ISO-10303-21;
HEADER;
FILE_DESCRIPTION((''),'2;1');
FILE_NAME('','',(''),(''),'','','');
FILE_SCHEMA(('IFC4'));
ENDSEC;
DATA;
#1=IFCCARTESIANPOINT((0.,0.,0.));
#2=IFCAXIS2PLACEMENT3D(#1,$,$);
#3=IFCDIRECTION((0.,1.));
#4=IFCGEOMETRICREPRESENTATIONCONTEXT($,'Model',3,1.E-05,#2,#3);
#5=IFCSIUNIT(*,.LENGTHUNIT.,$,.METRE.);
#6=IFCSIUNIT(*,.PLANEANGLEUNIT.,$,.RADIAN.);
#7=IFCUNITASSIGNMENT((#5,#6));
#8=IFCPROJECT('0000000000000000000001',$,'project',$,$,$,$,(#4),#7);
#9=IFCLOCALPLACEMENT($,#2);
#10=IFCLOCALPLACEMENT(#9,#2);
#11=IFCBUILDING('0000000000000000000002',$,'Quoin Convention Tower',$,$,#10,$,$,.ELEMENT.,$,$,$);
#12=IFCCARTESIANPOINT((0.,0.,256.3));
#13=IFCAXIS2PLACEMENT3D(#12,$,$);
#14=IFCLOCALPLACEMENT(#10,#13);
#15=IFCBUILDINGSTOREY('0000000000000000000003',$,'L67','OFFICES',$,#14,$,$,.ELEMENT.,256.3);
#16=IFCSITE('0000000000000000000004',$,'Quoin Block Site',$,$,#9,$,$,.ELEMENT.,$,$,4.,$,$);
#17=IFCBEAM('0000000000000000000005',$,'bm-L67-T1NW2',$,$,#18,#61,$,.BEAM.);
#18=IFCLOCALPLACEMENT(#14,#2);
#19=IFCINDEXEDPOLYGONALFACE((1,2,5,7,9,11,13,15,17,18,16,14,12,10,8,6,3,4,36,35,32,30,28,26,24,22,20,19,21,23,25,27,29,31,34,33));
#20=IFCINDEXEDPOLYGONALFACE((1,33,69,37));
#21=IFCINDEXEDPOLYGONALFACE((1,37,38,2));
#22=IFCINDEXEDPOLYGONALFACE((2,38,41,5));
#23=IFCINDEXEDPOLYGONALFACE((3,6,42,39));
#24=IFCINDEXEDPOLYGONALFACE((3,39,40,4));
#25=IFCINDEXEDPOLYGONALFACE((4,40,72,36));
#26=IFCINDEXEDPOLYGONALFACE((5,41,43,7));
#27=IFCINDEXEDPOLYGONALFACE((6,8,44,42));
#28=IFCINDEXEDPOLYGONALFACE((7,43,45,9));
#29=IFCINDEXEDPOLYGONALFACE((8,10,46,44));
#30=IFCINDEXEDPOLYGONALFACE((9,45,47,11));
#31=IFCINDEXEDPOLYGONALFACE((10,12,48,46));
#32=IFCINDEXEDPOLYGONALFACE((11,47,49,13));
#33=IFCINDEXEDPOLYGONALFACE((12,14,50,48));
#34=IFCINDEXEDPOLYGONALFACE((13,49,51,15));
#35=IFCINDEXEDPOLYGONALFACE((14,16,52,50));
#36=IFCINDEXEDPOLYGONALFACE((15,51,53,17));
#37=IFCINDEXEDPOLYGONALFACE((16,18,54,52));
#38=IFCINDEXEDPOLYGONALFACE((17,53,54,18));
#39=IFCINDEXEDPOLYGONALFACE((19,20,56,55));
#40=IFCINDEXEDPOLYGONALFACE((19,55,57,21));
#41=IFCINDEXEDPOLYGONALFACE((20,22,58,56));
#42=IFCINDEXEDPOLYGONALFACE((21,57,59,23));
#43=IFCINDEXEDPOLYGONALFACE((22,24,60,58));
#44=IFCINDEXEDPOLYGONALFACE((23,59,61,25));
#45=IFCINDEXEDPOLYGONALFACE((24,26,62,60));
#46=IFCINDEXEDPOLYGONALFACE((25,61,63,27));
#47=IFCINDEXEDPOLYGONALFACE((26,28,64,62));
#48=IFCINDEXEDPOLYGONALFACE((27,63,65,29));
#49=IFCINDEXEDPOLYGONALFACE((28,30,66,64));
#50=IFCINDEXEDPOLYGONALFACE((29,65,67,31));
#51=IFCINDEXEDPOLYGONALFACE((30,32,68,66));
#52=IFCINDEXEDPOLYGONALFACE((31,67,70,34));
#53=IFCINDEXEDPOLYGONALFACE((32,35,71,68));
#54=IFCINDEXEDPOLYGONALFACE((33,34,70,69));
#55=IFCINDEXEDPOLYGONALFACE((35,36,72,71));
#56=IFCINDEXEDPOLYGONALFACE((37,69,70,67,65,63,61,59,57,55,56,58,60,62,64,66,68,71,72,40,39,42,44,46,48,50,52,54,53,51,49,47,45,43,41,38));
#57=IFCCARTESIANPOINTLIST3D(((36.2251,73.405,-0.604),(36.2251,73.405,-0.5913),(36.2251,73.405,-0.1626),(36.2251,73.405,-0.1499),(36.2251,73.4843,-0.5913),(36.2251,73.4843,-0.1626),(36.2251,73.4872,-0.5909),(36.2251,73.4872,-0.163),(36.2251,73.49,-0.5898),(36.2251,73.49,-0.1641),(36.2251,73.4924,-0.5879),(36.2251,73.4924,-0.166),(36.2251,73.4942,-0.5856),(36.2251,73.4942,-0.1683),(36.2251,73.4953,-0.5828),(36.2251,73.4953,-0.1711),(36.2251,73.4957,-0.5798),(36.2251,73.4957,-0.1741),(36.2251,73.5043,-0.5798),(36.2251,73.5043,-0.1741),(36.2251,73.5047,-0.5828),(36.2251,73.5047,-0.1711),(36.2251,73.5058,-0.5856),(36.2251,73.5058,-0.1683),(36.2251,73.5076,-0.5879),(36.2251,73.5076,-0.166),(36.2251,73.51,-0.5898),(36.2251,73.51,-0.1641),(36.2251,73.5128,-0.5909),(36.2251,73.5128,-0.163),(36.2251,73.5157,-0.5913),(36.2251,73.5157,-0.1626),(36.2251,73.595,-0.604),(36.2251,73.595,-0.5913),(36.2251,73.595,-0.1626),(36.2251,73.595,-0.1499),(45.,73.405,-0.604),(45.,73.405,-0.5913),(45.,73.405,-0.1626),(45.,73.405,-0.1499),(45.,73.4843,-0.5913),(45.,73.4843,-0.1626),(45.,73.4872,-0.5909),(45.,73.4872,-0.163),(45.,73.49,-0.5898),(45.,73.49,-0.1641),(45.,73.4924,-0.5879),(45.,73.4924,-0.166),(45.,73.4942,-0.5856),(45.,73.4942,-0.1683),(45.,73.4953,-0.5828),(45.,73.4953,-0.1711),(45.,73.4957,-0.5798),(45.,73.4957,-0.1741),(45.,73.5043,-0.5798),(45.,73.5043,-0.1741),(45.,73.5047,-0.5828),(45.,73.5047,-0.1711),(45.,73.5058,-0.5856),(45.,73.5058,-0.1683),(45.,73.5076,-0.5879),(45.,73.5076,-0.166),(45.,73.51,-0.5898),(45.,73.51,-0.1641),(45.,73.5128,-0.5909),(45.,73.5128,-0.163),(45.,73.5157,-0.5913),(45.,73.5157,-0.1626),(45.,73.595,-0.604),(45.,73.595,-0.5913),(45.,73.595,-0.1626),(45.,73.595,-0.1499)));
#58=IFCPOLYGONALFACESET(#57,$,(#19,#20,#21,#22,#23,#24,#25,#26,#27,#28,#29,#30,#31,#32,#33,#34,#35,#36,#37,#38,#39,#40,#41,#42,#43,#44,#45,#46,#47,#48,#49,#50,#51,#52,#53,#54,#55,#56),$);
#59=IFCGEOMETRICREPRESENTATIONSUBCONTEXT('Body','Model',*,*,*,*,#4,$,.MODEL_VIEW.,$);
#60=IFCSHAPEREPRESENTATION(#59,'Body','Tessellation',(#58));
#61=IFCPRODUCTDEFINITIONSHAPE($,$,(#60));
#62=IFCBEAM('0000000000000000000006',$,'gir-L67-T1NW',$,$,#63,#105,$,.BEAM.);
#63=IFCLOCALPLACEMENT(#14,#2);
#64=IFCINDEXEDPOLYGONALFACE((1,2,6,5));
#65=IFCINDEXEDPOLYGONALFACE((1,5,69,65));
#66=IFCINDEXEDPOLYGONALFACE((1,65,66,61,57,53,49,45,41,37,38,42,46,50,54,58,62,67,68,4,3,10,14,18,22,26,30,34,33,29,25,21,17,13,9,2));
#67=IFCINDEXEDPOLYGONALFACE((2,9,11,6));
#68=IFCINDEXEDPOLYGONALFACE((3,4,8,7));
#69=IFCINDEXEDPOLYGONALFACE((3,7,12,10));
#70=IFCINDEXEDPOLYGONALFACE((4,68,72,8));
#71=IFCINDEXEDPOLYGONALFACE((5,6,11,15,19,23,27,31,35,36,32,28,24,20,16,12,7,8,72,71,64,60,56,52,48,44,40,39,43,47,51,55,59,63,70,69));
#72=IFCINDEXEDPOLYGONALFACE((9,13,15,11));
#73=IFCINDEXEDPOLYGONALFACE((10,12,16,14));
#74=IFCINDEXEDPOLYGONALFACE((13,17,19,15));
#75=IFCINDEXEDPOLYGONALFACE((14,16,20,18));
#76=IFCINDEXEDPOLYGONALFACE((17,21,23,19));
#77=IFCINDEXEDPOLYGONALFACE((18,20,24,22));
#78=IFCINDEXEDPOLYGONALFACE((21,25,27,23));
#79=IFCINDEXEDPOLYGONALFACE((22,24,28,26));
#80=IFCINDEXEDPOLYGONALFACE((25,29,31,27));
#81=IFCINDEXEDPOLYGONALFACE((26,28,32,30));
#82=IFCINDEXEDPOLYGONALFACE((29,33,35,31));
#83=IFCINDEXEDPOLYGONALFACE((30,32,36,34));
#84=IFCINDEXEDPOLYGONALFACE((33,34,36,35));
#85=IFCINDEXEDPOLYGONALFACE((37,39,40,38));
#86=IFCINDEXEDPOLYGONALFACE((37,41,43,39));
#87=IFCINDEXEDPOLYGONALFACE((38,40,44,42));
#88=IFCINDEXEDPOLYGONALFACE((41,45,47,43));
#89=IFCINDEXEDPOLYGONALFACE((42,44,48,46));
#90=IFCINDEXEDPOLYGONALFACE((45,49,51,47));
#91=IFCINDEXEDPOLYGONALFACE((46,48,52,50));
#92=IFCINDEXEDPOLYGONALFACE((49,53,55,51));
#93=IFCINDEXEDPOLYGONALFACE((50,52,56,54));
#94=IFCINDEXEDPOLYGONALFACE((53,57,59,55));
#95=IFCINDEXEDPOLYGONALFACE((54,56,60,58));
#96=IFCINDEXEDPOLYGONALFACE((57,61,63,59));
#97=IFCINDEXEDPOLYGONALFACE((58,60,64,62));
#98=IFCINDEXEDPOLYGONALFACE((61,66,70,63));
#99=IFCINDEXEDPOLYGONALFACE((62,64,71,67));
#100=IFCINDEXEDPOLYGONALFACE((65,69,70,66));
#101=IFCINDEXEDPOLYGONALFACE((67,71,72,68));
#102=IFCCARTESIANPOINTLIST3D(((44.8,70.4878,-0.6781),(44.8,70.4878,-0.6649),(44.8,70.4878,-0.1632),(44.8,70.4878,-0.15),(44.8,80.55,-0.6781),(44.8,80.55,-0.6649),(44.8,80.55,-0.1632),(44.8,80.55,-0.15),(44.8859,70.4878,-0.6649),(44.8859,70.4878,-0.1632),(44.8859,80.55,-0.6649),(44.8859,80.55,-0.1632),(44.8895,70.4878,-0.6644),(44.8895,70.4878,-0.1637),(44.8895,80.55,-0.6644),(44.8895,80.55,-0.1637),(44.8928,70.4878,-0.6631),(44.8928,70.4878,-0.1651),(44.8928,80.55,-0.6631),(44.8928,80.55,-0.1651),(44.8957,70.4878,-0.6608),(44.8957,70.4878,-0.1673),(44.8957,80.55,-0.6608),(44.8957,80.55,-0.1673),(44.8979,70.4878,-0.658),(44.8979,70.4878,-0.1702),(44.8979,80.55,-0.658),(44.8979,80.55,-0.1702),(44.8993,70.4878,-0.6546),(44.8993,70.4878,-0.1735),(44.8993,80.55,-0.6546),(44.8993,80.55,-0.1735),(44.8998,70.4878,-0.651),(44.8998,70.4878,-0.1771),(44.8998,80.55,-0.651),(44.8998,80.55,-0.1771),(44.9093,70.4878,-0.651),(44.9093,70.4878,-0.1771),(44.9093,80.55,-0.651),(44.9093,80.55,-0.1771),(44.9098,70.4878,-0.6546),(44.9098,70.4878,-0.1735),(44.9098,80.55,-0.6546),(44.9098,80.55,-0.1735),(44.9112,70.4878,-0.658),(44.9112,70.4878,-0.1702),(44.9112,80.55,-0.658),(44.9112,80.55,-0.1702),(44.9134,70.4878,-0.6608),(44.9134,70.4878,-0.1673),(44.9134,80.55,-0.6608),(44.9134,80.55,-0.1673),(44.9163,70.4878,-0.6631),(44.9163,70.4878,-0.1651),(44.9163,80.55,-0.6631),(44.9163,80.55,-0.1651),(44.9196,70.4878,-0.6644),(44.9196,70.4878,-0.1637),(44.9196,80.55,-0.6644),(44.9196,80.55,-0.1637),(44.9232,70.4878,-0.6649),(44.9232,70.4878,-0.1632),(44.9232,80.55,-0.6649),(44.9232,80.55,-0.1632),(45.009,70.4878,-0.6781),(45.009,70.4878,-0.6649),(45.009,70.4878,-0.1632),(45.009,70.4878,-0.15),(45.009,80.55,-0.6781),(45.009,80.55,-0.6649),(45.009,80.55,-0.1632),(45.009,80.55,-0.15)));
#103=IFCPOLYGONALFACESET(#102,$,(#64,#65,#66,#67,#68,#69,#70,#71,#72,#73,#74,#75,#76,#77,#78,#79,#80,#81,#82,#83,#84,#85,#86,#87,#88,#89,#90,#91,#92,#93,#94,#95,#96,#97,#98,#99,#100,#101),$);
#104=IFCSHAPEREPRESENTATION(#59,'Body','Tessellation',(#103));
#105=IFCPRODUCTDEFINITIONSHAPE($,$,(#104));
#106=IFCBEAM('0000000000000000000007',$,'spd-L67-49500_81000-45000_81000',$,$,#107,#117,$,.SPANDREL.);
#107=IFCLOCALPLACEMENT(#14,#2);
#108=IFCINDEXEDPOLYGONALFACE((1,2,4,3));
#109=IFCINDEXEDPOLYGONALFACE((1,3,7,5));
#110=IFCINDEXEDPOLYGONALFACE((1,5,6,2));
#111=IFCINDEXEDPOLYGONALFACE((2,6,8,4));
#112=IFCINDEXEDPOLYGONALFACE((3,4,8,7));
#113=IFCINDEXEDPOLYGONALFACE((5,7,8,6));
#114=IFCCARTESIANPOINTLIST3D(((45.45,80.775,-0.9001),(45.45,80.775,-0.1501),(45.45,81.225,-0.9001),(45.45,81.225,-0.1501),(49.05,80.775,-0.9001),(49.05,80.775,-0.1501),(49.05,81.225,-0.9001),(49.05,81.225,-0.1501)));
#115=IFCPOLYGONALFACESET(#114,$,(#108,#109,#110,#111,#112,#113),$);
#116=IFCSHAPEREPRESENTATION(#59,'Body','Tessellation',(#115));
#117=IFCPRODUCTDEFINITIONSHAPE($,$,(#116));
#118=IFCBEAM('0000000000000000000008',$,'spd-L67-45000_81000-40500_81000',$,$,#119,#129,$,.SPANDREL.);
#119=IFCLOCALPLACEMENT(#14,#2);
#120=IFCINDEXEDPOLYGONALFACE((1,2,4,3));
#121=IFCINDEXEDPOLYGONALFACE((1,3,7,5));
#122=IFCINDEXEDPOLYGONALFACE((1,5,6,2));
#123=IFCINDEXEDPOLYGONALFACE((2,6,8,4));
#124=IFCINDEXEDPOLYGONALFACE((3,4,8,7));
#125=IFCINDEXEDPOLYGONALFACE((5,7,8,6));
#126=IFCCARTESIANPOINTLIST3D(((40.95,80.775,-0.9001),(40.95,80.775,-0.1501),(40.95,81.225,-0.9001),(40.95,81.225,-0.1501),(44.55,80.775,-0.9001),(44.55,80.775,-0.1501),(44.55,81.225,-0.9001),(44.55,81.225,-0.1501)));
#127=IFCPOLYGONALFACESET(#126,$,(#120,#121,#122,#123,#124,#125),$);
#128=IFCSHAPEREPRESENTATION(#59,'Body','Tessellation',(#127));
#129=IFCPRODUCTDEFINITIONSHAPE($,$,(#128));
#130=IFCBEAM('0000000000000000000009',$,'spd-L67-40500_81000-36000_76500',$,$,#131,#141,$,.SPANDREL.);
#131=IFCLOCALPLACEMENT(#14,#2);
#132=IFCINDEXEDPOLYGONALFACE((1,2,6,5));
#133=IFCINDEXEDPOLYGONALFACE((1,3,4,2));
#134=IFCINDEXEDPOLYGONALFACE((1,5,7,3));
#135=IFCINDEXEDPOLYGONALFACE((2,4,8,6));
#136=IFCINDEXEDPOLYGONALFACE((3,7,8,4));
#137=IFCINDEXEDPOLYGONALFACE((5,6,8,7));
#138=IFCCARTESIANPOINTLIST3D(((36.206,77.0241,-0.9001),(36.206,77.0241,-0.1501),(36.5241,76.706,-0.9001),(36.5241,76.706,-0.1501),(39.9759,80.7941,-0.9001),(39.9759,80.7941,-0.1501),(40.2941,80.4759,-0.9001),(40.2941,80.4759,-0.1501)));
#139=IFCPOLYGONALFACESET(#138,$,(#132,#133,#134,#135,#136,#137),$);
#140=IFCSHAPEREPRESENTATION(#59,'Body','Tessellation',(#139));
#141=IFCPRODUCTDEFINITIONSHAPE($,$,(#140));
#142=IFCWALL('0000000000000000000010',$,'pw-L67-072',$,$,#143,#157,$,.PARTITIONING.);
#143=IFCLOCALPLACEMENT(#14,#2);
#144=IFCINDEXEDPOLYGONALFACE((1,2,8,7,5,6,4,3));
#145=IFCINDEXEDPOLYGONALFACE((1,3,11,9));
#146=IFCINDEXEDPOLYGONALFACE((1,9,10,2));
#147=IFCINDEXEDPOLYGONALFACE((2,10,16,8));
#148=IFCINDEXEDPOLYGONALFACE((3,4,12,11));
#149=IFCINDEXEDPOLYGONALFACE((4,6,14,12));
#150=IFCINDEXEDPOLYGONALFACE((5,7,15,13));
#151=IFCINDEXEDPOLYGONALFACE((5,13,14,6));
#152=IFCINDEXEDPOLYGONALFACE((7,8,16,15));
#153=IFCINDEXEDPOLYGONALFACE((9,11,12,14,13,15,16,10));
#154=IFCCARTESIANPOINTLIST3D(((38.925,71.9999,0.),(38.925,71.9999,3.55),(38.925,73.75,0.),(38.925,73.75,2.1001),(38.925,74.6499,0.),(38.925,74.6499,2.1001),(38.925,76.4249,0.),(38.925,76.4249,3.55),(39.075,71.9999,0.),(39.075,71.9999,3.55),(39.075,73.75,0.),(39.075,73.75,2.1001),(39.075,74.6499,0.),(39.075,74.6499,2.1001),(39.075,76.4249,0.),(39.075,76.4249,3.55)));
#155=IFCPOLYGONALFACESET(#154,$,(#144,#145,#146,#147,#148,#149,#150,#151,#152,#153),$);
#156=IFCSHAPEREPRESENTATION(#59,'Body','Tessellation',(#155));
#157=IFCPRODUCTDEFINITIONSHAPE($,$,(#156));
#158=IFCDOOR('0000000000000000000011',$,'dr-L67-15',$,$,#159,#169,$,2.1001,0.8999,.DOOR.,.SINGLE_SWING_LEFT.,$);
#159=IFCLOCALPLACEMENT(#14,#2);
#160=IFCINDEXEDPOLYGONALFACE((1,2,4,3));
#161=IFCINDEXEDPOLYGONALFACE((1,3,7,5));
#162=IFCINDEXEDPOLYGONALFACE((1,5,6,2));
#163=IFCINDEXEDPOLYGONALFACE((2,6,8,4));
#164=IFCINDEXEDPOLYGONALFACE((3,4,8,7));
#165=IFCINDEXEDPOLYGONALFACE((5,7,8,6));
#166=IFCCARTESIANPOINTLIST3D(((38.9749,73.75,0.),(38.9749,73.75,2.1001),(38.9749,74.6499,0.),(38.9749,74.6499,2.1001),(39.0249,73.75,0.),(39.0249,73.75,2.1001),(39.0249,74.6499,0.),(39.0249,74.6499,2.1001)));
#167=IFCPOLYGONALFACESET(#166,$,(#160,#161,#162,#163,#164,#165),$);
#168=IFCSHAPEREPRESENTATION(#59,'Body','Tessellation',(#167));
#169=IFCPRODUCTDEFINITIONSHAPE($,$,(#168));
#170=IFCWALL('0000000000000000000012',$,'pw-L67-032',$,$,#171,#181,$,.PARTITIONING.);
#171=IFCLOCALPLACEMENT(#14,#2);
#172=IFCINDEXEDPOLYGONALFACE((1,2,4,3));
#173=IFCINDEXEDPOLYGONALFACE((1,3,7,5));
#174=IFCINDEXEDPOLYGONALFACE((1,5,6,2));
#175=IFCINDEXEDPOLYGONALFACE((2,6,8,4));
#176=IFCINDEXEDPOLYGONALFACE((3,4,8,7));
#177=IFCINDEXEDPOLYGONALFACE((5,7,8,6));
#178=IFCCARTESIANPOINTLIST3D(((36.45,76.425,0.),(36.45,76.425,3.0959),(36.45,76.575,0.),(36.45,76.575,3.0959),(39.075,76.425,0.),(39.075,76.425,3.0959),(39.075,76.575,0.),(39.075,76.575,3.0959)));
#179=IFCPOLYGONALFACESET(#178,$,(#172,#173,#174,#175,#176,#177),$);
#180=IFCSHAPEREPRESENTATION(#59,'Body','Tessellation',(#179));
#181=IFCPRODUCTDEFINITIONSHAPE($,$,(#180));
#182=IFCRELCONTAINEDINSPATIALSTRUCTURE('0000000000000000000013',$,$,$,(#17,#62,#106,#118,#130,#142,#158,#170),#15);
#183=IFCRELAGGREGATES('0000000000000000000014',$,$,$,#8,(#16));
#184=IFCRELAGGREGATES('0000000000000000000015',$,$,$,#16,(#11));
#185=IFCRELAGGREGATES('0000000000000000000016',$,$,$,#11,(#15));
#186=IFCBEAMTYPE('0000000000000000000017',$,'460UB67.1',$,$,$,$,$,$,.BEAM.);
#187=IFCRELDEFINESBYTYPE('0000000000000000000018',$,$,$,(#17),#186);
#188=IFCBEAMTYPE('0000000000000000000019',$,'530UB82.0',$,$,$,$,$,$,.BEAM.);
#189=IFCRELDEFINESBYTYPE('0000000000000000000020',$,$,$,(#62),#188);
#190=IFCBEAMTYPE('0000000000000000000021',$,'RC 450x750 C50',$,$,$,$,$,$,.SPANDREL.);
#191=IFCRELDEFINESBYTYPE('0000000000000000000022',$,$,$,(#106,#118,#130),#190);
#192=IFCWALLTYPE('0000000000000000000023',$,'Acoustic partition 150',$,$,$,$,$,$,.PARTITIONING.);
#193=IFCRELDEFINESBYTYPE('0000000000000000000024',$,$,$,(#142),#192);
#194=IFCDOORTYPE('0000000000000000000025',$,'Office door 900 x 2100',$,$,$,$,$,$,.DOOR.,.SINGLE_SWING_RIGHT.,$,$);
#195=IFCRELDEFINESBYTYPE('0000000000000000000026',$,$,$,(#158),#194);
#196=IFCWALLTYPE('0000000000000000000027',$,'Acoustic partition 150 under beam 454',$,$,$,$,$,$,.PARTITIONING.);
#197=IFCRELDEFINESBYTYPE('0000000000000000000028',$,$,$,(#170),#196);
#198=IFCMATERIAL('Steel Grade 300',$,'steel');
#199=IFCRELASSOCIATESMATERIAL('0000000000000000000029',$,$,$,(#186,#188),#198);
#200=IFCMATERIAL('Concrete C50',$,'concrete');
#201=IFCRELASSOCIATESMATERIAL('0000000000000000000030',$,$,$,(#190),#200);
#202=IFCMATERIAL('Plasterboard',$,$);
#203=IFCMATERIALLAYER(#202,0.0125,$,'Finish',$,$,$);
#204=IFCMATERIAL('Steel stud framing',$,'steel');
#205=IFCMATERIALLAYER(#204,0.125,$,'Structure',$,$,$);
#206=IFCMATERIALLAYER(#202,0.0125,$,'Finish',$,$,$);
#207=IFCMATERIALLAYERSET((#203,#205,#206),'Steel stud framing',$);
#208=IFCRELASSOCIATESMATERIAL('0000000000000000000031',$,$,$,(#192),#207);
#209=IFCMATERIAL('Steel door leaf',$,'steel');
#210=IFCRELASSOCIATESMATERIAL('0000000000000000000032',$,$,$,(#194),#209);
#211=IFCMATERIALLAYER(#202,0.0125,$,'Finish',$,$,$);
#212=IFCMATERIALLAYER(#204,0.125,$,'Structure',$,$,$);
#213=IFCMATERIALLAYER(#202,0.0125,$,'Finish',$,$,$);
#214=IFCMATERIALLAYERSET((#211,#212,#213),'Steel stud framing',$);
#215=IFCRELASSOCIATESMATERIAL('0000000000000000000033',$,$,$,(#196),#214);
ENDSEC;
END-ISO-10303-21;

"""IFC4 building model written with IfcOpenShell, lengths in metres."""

from ifc_helpers import new_model, si_unit, direction, frame, frame_2d, origin, origin_2d, place, context, subcontext, project, spatial, rectangle, i_section, extrude, material, layer, layer_set, material_profile, profile_set, type_object, element, fill, save


model = new_model("IFC4")

# Units and contexts
model_context = context("Model", 3, precision=1e-05, world=origin(), true_north=direction((0.0, 1.0)))
body_context = subcontext(model_context, "Body", "Model", "MODEL_VIEW")
ifc_project = project(units=[si_unit("LENGTHUNIT", "METRE"), si_unit("PLANEANGLEUNIT", "RADIAN")], contexts=[model_context])

# Site, building, storey
site_placement = place(None, origin())
site = spatial("IfcSite", under=ifc_project, at=site_placement, Name="Quoin Block Site", CompositionType="ELEMENT", RefElevation=4.0)
building_placement = place(site_placement, origin())
building = spatial("IfcBuilding", under=site, at=building_placement, Name="Quoin Convention Tower", CompositionType="ELEMENT")
storey_placement = place(building_placement, frame((0.0, 0.0, 256.3)))
storey = spatial("IfcBuildingStorey", under=building, at=storey_placement, Name="L67", Description="OFFICES", CompositionType="ELEMENT", Elevation=256.3)

# Shared definitions
ifc_material_1 = material(Name="Concrete C50", Category="concrete")

# Beams
ifc_material_2 = material(Name="Steel Grade 300", Category="steel")
ifc_material_profile_1 = material_profile(ifc_material_2, i_section(OverallWidth=0.1899, OverallDepth=0.4541, WebThickness=0.0085, FlangeThickness=0.0127, FilletRadius=0.0115, at=origin_2d()), Name="460UB67.1")
ifc_profile_set_1 = profile_set([ifc_material_profile_1], Name="Steel Grade 300")
beam_type_1 = type_object("IfcBeamType", Name="460UB67.1", PredefinedType="BEAM", material=ifc_profile_set_1)
beam_1_placement = place(storey_placement, frame((36.2251, 73.5, -0.377), z_axis=(1.0, 0.0, 0.0), x_axis=(0.0, 1.0, 0.0)))
element("IfcBeam", 1, at=beam_1_placement, inside=storey, type_object=beam_type_1, Name="bm-L67-T1NW2", PredefinedType="BEAM", context=body_context, shape_type="SweptSolid", body=[
    extrude(i_section(OverallWidth=0.1899, OverallDepth=0.4541, WebThickness=0.0085, FlangeThickness=0.0127, FilletRadius=0.0115, at=origin_2d()), origin(), (0.0, 0.0, 1.0), 8.7749),
])
ifc_material_profile_2 = material_profile(ifc_material_2, i_section(OverallWidth=0.209, OverallDepth=0.5281, WebThickness=0.0095, FlangeThickness=0.0132, FilletRadius=0.0139, at=origin_2d()), Name="530UB82.0")
ifc_profile_set_2 = profile_set([ifc_material_profile_2], Name="Steel Grade 300")
beam_type_2 = type_object("IfcBeamType", Name="530UB82.0", PredefinedType="BEAM", material=ifc_profile_set_2)
beam_2_placement = place(storey_placement, frame((44.9045, 80.55, -0.4141), z_axis=(0.0, -1.0, 0.0), x_axis=(1.0, 0.0, 0.0)))
element("IfcBeam", 2, at=beam_2_placement, inside=storey, type_object=beam_type_2, Name="gir-L67-T1NW", PredefinedType="BEAM", context=body_context, shape_type="SweptSolid", body=[
    extrude(i_section(OverallWidth=0.209, OverallDepth=0.5281, WebThickness=0.0095, FlangeThickness=0.0132, FilletRadius=0.0139, at=origin_2d()), origin(), (0.0, 0.0, 1.0), 10.0623),
])
ifc_material_profile_3 = material_profile(ifc_material_1, rectangle(XDim=0.45, YDim=0.75, at=origin_2d()), Name="RC 450x750")
ifc_profile_set_3 = profile_set([ifc_material_profile_3], Name="Concrete C50")
beam_type_3 = type_object("IfcBeamType", Name="RC 450x750 C50", PredefinedType="SPANDREL", material=ifc_profile_set_3)
for number, where, z_axis, x_axis, name in (
    (3, (49.05, 81.0, -0.5251), (-1.0, 0.0, 0.0), (0.0, -1.0, 0.0), "spd-L67-49500_81000-45000_81000"),
    (4, (44.55, 81.0, -0.5251), (-1.0, 0.0, 0.0), (0.0, -1.0, 0.0), "spd-L67-45000_81000-40500_81000"),
):
    element("IfcBeam", number, at=place(storey_placement, frame(where, z_axis=z_axis, x_axis=x_axis)), inside=storey, type_object=beam_type_3, Name=name, PredefinedType="SPANDREL", context=body_context, shape_type="SweptSolid", body=[
        extrude(rectangle(XDim=0.45, YDim=0.75, at=origin_2d()), origin(), (0.0, 0.0, 1.0), 3.6001),
    ])
beam_3_placement = place(storey_placement, frame((40.135, 80.635, -0.5251), z_axis=(-0.707107, -0.707107, 0.0), x_axis=(0.707107, -0.707107, 0.0)))
element("IfcBeam", 5, at=beam_3_placement, inside=storey, type_object=beam_type_3, Name="spd-L67-40500_81000-36000_76500", PredefinedType="SPANDREL", context=body_context, shape_type="SweptSolid", body=[
    extrude(rectangle(XDim=0.45, YDim=0.75, at=origin_2d()), origin(), (0.0, 0.0, 1.0), 5.3315),
])

# Wall, opening, door
ifc_material_3 = material(Name="Plasterboard")
ifc_layer_1 = layer(ifc_material_3, 0.0125, Name="Finish")
ifc_material_4 = material(Name="Steel stud framing", Category="steel")
ifc_layer_2 = layer(ifc_material_4, 0.125, Name="Structure")
ifc_layer_3 = layer(ifc_material_3, 0.0125, Name="Finish")
ifc_layer_set_1 = layer_set([ifc_layer_1, ifc_layer_2, ifc_layer_3], Name="Steel stud framing")
wall_type_1 = type_object("IfcWallType", Name="Acoustic partition 150", PredefinedType="PARTITIONING", material=ifc_layer_set_1)
wall_1_placement = place(storey_placement, frame((39.0, 72.0, 0.0), z_axis=(0.0, 0.0, 1.0), x_axis=(0.0, 1.0, 0.0)))
wall_1 = element("IfcWall", 6, at=wall_1_placement, inside=storey, type_object=wall_type_1, Name="pw-L67-072", PredefinedType="PARTITIONING", context=body_context, shape_type="SweptSolid", body=[
    extrude(rectangle(XDim=4.425, YDim=0.1499, at=frame_2d((2.2124, 0.0))), origin(), (0.0, 0.0, 1.0), 3.55),
])
opening_1_placement = place(wall_1_placement, frame((1.75, 0.0, 0.0)))
opening_1 = element("IfcOpeningElement", 7, at=opening_1_placement, cuts=wall_1, PredefinedType="OPENING", context=body_context, shape_type="SweptSolid", body=[
    extrude(rectangle(XDim=0.8999, YDim=2.1001, at=frame_2d((0.45, 1.05))), frame((0.0, 0.085, 0.0), z_axis=(0.0, -1.0, 0.0), x_axis=(1.0, 0.0, 0.0)), (0.0, 0.0, 1.0), 0.1699),
])
ifc_material_5 = material(Name="Steel door leaf", Category="steel")
door_type_1 = type_object("IfcDoorType", Name="Office door 900 x 2100", OperationType="SINGLE_SWING_RIGHT", PredefinedType="DOOR", material=ifc_material_5)
door_1_placement = place(opening_1_placement, frame((0.8999, 0.0, 0.0), z_axis=(0.0, 0.0, 1.0), x_axis=(-1.0, 0.0, 0.0)))
door_1 = element("IfcDoor", 8, at=door_1_placement, inside=storey, type_object=door_type_1, Name="dr-L67-15", OperationType="SINGLE_SWING_LEFT", OverallHeight=2.1001, OverallWidth=0.8999, PredefinedType="DOOR", context=body_context, shape_type="SweptSolid", body=[
    extrude(rectangle(XDim=0.8999, YDim=2.1001, at=frame_2d((0.45, 1.05))), frame((0.0, 0.0249, 0.0), z_axis=(0.0, -1.0, 0.0), x_axis=(1.0, 0.0, 0.0)), (0.0, 0.0, 1.0), 0.05),
])
fill(opening_1, door_1)

# Wall
ifc_layer_4 = layer(ifc_material_3, 0.0125, Name="Finish")
ifc_layer_5 = layer(ifc_material_4, 0.125, Name="Structure")
ifc_layer_6 = layer(ifc_material_3, 0.0125, Name="Finish")
ifc_layer_set_2 = layer_set([ifc_layer_4, ifc_layer_5, ifc_layer_6], Name="Steel stud framing")
wall_type_2 = type_object("IfcWallType", Name="Acoustic partition 150 under beam 454", PredefinedType="PARTITIONING", material=ifc_layer_set_2)
wall_2_placement = place(storey_placement, frame((36.45, 76.5, 0.0), z_axis=(0.0, 0.0, 1.0), x_axis=(1.0, 0.0, 0.0)))
element("IfcWall", 9, at=wall_2_placement, inside=storey, type_object=wall_type_2, Name="pw-L67-032", PredefinedType="PARTITIONING", context=body_context, shape_type="SweptSolid", body=[
    extrude(rectangle(XDim=2.625, YDim=0.1499, at=frame_2d((1.3125, 0.0))), origin(), (0.0, 0.0, 1.0), 3.0959),
])

save(model, "model.ifc")
